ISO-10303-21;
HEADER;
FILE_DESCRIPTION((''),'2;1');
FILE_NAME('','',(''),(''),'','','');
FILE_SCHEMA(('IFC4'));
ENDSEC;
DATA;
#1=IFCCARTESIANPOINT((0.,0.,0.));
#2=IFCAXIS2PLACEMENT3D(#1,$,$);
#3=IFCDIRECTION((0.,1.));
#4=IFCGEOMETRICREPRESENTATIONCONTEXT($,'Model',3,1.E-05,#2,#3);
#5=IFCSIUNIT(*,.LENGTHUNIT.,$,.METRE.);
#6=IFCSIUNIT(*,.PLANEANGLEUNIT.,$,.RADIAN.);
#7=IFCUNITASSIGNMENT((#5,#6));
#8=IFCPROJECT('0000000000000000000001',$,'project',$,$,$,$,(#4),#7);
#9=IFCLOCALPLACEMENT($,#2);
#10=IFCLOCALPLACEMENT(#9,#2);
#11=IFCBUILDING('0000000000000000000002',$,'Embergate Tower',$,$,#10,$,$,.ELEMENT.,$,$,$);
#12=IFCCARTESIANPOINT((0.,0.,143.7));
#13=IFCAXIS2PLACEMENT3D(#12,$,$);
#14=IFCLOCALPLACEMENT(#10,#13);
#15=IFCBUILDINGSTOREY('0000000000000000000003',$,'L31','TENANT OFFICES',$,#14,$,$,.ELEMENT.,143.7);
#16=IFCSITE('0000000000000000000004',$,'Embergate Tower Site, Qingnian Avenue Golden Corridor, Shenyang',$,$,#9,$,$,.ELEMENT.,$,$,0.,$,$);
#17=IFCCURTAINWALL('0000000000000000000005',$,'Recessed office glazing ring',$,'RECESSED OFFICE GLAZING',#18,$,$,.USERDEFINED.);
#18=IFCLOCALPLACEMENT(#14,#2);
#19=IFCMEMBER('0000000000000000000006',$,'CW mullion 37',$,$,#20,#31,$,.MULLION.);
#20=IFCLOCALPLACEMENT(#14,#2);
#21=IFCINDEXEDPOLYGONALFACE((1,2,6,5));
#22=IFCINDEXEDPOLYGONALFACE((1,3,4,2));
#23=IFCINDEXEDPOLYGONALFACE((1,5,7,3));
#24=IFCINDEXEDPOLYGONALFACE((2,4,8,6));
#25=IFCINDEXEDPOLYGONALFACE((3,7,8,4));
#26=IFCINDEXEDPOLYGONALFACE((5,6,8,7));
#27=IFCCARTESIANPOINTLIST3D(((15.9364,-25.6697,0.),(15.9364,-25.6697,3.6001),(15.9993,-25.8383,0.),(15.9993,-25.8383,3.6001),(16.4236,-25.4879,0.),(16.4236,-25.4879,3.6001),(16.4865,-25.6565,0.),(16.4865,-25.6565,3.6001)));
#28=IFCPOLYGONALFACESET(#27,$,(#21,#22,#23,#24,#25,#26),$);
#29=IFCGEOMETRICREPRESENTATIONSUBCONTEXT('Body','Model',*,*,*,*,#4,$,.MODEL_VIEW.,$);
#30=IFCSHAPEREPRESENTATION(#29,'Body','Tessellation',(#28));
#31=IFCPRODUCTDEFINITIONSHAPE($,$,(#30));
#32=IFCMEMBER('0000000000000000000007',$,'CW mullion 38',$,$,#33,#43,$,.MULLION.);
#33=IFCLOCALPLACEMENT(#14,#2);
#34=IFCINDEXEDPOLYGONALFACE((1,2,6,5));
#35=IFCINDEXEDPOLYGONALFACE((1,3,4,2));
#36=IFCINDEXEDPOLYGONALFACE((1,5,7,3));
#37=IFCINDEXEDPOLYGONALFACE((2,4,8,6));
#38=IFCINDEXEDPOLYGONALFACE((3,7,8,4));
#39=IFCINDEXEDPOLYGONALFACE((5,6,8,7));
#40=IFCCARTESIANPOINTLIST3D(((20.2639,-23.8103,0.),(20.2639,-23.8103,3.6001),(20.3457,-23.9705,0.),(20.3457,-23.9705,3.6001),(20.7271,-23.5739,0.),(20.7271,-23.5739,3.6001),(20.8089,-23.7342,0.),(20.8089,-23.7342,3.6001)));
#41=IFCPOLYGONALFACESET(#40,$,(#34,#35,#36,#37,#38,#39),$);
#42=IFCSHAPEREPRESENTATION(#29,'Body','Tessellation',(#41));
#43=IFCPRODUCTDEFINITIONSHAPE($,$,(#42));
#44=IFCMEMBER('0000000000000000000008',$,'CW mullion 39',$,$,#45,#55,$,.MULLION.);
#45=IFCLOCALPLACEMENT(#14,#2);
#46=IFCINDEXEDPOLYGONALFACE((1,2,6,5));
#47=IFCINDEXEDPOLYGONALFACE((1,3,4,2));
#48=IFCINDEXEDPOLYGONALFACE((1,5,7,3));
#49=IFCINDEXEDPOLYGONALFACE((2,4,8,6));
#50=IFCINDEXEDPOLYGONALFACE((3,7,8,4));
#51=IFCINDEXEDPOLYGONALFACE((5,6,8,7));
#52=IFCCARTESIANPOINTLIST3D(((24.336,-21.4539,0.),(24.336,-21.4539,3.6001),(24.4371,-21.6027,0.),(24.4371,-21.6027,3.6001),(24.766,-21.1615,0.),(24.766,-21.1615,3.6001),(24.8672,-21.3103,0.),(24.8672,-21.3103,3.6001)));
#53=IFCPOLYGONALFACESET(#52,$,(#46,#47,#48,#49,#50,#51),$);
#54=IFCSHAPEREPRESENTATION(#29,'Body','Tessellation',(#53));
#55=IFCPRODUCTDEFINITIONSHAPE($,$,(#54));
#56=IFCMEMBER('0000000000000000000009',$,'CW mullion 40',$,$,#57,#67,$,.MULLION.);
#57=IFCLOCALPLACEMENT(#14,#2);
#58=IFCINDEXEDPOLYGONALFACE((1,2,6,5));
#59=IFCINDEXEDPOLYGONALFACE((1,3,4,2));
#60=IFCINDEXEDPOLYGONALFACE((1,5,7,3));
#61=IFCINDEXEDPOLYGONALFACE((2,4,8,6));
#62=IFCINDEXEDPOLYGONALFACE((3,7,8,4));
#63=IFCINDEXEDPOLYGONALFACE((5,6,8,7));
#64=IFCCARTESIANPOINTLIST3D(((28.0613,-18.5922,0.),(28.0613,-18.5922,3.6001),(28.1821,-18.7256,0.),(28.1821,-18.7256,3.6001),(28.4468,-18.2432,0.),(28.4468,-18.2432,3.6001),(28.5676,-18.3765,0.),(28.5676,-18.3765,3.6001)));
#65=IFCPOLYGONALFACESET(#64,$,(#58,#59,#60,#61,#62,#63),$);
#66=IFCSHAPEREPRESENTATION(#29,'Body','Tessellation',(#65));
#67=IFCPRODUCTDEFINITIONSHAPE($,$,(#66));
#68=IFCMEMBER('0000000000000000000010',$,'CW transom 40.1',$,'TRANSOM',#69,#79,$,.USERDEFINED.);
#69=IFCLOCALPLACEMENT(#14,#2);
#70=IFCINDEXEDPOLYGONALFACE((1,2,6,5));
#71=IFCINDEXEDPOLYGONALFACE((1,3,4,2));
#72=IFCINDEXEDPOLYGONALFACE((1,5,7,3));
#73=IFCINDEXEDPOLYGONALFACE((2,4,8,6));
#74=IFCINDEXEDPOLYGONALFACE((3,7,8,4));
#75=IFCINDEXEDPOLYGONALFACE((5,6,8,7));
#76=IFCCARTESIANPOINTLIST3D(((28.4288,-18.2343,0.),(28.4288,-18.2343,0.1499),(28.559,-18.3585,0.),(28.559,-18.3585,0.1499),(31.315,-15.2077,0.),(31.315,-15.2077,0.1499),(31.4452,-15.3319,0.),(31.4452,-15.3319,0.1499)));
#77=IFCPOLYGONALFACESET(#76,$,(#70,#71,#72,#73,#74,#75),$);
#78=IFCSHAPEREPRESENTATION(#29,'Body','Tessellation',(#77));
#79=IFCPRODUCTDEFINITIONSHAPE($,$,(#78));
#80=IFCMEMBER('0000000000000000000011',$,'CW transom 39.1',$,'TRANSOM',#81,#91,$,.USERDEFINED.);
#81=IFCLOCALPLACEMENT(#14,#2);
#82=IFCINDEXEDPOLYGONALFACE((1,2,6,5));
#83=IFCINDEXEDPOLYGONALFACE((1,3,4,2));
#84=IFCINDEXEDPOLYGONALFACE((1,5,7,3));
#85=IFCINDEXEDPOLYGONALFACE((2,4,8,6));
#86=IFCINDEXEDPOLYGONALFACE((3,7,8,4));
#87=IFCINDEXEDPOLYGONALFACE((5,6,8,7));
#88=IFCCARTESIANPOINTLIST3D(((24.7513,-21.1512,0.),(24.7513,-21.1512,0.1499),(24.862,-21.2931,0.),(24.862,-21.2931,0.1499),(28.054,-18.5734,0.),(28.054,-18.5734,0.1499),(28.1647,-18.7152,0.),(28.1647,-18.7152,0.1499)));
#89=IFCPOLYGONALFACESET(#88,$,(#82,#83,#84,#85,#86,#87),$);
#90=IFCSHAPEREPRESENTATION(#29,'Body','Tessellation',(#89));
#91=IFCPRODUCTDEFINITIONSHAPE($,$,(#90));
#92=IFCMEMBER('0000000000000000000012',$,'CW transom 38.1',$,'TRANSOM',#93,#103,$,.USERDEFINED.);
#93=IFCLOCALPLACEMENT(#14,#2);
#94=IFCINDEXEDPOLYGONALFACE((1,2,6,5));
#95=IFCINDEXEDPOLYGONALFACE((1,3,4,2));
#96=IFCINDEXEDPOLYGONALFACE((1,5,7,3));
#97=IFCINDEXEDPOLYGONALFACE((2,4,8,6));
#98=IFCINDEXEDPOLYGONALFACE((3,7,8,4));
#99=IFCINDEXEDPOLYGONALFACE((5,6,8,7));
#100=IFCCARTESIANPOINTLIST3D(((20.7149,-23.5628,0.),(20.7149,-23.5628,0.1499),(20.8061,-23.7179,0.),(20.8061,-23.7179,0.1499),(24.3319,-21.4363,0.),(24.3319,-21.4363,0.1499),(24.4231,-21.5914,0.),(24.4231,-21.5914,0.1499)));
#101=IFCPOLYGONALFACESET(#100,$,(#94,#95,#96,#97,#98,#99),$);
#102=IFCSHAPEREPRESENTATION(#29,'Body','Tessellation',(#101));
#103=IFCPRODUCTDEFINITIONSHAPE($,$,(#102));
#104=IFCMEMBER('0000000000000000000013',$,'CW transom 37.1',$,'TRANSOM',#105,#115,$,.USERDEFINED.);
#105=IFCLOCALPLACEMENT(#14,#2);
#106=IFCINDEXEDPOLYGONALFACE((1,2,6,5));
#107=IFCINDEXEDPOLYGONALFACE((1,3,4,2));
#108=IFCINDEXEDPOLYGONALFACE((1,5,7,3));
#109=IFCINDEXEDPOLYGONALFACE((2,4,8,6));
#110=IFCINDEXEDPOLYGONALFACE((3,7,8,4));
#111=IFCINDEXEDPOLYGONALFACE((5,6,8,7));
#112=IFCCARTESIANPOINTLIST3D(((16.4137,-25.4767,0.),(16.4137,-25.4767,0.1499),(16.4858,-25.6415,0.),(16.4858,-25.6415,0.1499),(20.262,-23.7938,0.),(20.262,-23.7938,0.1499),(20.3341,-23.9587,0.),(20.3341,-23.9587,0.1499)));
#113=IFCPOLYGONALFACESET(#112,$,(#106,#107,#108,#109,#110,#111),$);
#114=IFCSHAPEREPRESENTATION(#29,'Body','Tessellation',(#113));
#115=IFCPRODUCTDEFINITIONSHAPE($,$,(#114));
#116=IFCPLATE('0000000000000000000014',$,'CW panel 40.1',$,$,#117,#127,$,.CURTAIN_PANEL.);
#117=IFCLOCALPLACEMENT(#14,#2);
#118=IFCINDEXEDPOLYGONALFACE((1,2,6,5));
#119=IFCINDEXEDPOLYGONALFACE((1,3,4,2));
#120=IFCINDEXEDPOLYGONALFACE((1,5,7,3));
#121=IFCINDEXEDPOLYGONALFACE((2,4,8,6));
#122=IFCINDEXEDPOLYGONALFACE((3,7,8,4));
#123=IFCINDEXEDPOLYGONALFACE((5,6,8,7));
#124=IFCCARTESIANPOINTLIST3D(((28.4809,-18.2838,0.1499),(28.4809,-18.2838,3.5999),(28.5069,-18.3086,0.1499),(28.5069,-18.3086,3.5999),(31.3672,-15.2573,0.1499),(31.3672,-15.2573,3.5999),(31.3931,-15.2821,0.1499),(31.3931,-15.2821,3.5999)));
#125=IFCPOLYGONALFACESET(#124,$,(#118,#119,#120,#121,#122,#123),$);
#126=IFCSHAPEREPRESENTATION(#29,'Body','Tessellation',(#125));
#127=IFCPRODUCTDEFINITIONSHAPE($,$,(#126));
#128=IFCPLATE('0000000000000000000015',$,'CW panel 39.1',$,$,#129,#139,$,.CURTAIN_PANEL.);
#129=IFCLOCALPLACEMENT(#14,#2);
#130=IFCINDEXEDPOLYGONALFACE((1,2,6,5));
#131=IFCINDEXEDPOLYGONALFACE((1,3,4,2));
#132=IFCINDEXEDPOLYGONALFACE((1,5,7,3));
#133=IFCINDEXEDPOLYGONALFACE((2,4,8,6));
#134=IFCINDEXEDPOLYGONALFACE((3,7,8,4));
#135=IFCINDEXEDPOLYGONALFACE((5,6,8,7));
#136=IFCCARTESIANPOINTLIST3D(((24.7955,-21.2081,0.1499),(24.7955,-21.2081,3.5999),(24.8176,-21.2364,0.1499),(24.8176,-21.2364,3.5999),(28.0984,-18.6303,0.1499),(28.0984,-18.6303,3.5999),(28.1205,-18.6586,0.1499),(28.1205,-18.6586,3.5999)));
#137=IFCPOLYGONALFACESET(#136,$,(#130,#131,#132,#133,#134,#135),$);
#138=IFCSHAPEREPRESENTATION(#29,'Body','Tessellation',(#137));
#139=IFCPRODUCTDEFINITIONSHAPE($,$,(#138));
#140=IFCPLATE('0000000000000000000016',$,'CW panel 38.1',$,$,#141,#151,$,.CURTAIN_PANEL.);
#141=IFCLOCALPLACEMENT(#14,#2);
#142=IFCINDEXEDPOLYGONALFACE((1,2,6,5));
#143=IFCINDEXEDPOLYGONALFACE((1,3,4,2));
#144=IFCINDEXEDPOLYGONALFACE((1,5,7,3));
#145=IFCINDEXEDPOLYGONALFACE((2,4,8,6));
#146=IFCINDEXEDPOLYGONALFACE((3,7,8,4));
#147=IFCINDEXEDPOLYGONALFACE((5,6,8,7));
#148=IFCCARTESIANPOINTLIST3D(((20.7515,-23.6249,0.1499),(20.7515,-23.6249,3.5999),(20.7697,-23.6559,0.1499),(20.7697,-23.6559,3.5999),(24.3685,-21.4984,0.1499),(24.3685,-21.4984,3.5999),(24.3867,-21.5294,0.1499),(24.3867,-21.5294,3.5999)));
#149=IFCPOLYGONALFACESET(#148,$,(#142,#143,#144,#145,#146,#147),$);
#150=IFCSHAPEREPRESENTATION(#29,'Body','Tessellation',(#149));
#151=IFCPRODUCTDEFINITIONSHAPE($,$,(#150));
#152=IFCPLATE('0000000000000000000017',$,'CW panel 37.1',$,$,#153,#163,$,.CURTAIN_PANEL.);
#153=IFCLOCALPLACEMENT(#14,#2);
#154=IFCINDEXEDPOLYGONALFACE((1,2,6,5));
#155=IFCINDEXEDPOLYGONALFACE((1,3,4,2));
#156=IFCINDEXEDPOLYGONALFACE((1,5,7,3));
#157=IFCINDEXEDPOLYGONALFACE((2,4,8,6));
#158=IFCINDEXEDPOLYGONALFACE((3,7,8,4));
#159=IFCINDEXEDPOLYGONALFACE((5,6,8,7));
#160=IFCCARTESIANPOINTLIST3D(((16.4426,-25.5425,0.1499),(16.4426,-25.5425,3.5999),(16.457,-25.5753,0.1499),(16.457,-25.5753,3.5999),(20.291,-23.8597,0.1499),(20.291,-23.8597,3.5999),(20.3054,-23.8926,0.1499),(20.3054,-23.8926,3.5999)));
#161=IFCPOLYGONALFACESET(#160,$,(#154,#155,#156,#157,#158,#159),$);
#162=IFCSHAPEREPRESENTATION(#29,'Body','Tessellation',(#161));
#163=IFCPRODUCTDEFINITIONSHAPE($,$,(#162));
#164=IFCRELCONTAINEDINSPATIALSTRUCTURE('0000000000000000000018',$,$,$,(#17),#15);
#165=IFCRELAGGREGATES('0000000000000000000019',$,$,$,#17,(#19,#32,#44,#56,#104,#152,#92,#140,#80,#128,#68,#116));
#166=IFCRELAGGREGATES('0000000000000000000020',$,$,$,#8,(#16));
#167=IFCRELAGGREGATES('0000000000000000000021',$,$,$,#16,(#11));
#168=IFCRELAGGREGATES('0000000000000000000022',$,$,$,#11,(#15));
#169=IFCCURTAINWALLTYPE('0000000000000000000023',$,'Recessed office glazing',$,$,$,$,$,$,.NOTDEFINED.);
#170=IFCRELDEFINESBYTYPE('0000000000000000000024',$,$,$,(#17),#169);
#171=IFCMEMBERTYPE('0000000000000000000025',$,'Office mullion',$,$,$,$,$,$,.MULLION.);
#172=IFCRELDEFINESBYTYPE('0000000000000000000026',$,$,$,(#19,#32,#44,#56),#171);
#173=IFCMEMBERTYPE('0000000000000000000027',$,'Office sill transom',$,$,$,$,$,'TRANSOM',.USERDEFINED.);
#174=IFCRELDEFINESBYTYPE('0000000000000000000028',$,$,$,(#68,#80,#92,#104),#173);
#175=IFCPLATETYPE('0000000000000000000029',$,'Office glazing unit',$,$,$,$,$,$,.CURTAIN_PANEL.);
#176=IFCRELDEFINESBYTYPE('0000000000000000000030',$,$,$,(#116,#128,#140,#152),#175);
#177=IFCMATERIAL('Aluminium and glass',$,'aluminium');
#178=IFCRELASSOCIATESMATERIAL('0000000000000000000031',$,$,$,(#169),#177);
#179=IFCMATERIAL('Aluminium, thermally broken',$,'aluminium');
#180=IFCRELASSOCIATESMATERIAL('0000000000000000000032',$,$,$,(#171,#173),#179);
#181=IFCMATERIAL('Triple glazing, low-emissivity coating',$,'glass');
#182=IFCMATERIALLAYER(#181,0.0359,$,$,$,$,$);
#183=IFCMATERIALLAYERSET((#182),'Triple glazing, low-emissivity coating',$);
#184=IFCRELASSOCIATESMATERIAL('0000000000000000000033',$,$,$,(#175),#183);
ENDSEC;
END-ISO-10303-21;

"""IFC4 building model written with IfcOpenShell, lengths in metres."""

from ifc_helpers import new_model, si_unit, direction, frame, origin, origin_2d, place, context, subcontext, project, spatial, rectangle, extrude, source, transform, mapped, material, layer, layer_set, material_profile, profile_set, type_object, element, aggregate, save


model = new_model("IFC4")

# Units and contexts
model_context = context("Model", 3, precision=1e-05, world=origin(), true_north=direction((0.0, 1.0)))
body_context = subcontext(model_context, "Body", "Model", "MODEL_VIEW")
ifc_project = project(units=[si_unit("LENGTHUNIT", "METRE"), si_unit("PLANEANGLEUNIT", "RADIAN")], contexts=[model_context])

# Site, building, storey
site_placement = place(None, origin())
site = spatial("IfcSite", under=ifc_project, at=site_placement, Name="Embergate Tower Site, Qingnian Avenue Golden Corridor, Shenyang", CompositionType="ELEMENT", RefElevation=0.0)
building_placement = place(site_placement, origin())
building = spatial("IfcBuilding", under=site, at=building_placement, Name="Embergate Tower", CompositionType="ELEMENT")
storey_placement = place(building_placement, frame((0.0, 0.0, 143.7)))
storey = spatial("IfcBuildingStorey", under=building, at=storey_placement, Name="L31", Description="TENANT OFFICES", CompositionType="ELEMENT", Elevation=143.7)

# Curtain wall, members, plates
ifc_material_1 = material(Name="Aluminium and glass", Category="aluminium")
curtain_wall_type = type_object("IfcCurtainWallType", Name="Recessed office glazing", PredefinedType="NOTDEFINED", material=ifc_material_1)
curtain_wall_placement = place(storey_placement, origin())
curtain_wall = element("IfcCurtainWall", 1, at=curtain_wall_placement, inside=storey, type_object=curtain_wall_type, Name="Recessed office glazing ring", ObjectType="RECESSED OFFICE GLAZING", PredefinedType="USERDEFINED")
ifc_material_2 = material(Name="Aluminium, thermally broken", Category="aluminium")
ifc_material_profile_1 = material_profile(ifc_material_2, rectangle(XDim=0.1799, YDim=0.52, at=origin_2d()), Name="AL 520x180")
ifc_profile_set_1 = profile_set([ifc_material_profile_1], Name="Aluminium, thermally broken")
member_type_1 = type_object("IfcMemberType", Name="Office mullion", PredefinedType="MULLION", material=ifc_profile_set_1)
shared_shape_1 = source(origin(), body_context, "Body", "SweptSolid", [
    extrude(rectangle(XDim=0.1799, YDim=0.52, at=origin_2d()), origin(), (0.0, 0.0, 1.0), 3.6001),
])
member_1_placement = place(storey_placement, frame((16.2114, -25.6631, 0.0), z_axis=(0.0, 0.0, 1.0), x_axis=(-0.349496, 0.936938, 0.0)))
member_1 = element("IfcMember", 2, at=member_1_placement, type_object=member_type_1, Name="CW mullion 37", PredefinedType="MULLION", context=body_context, shape_type="MappedRepresentation", body=[
    mapped(shared_shape_1, transform((0.0, 0.0, 0.0))),
])
member_2_placement = place(storey_placement, frame((20.5364, -23.7722, 0.0), z_axis=(0.0, 0.0, 1.0), x_axis=(-0.454504, 0.890745, 0.0)))
member_2 = element("IfcMember", 3, at=member_2_placement, type_object=member_type_1, Name="CW mullion 38", PredefinedType="MULLION", context=body_context, shape_type="MappedRepresentation", body=[
    mapped(shared_shape_1, transform((0.0, 0.0, 0.0))),
])
member_3_placement = place(storey_placement, frame((24.6016, -21.3821, 0.0), z_axis=(0.0, 0.0, 1.0), x_axis=(-0.562209, 0.826995, 0.0)))
member_3 = element("IfcMember", 4, at=member_3_placement, type_object=member_type_1, Name="CW mullion 39", PredefinedType="MULLION", context=body_context, shape_type="MappedRepresentation", body=[
    mapped(shared_shape_1, transform((0.0, 0.0, 0.0))),
])
member_4_placement = place(storey_placement, frame((28.3145, -18.4844, 0.0), z_axis=(0.0, 0.0, 1.0), x_axis=(-0.67122, 0.741258, 0.0)))
member_4 = element("IfcMember", 5, at=member_4_placement, type_object=member_type_1, Name="CW mullion 40", PredefinedType="MULLION", context=body_context, shape_type="MappedRepresentation", body=[
    mapped(shared_shape_1, transform((0.0, 0.0, 0.0))),
])
ifc_material_profile_2 = material_profile(ifc_material_2, rectangle(XDim=0.1799, YDim=0.1499, at=origin_2d()), Name="AL 150x180")
ifc_profile_set_2 = profile_set([ifc_material_profile_2], Name="Aluminium, thermally broken")
member_type_2 = type_object("IfcMemberType", Name="Office sill transom", ElementType="TRANSOM", PredefinedType="USERDEFINED", material=ifc_profile_set_2)
shared_shape_2 = source(origin(), body_context, "Body", "SweptSolid", [
    extrude(rectangle(XDim=0.1799, YDim=0.1499, at=origin_2d()), origin(), (0.0, 0.0, 1.0), 4.1821),
])
member_5_placement = place(storey_placement, frame((28.4939, -18.2964, 0.075), z_axis=(0.690124, 0.723691, 0.0), x_axis=(-0.723691, 0.690124, 0.0)))
member_5 = element("IfcMember", 6, at=member_5_placement, type_object=member_type_2, Name="CW transom 40.1", ObjectType="TRANSOM", PredefinedType="USERDEFINED", context=body_context, shape_type="MappedRepresentation", body=[
    mapped(shared_shape_2, transform((0.0, 0.0, 0.0))),
])
shared_shape_3 = source(origin(), body_context, "Body", "SweptSolid", [
    extrude(rectangle(XDim=0.1799, YDim=0.1499, at=origin_2d()), origin(), (0.0, 0.0, 1.0), 4.1897),
])
member_6_placement = place(storey_placement, frame((24.8066, -21.2222, 0.075), z_axis=(0.7883, 0.615291, 0.0), x_axis=(-0.615291, 0.7883, 0.0)))
member_6 = element("IfcMember", 7, at=member_6_placement, type_object=member_type_2, Name="CW transom 39.1", ObjectType="TRANSOM", PredefinedType="USERDEFINED", context=body_context, shape_type="MappedRepresentation", body=[
    mapped(shared_shape_3, transform((0.0, 0.0, 0.0))),
])
shared_shape_4 = source(origin(), body_context, "Body", "SweptSolid", [
    extrude(rectangle(XDim=0.1799, YDim=0.1499, at=origin_2d()), origin(), (0.0, 0.0, 1.0), 4.1958),
])
member_7_placement = place(storey_placement, frame((20.7605, -23.6404, 0.075), z_axis=(0.862054, 0.506817, 0.0), x_axis=(-0.506817, 0.862054, 0.0)))
member_7 = element("IfcMember", 8, at=member_7_placement, type_object=member_type_2, Name="CW transom 38.1", ObjectType="TRANSOM", PredefinedType="USERDEFINED", context=body_context, shape_type="MappedRepresentation", body=[
    mapped(shared_shape_4, transform((0.0, 0.0, 0.0))),
])
shared_shape_5 = source(origin(), body_context, "Body", "SweptSolid", [
    extrude(rectangle(XDim=0.1799, YDim=0.1499, at=origin_2d()), origin(), (0.0, 0.0, 1.0), 4.2002),
])
member_8_placement = place(storey_placement, frame((16.4497, -25.5591, 0.075), z_axis=(0.916228, 0.400657, 0.0), x_axis=(-0.400657, 0.916228, 0.0)))
member_8 = element("IfcMember", 9, at=member_8_placement, type_object=member_type_2, Name="CW transom 37.1", ObjectType="TRANSOM", PredefinedType="USERDEFINED", context=body_context, shape_type="MappedRepresentation", body=[
    mapped(shared_shape_5, transform((0.0, 0.0, 0.0))),
])
ifc_material_3 = material(Name="Triple glazing, low-emissivity coating", Category="glass")
ifc_layer = layer(ifc_material_3, 0.0359)
ifc_layer_set = layer_set([ifc_layer], Name="Triple glazing, low-emissivity coating")
plate_type = type_object("IfcPlateType", Name="Office glazing unit", PredefinedType="CURTAIN_PANEL", material=ifc_layer_set)
shared_shape_6 = source(origin(), body_context, "Body", "SweptSolid", [
    extrude(rectangle(XDim=4.1821, YDim=0.0359, at=origin_2d()), origin(), (0.0, 0.0, 1.0), 3.45),
])
plate_1_placement = place(storey_placement, frame((29.937, -16.783, 0.1499), z_axis=(0.0, 0.0, 1.0), x_axis=(0.690143, 0.723673, 0.0)))
plate_1 = element("IfcPlate", 10, at=plate_1_placement, type_object=plate_type, Name="CW panel 40.1", PredefinedType="CURTAIN_PANEL", context=body_context, shape_type="MappedRepresentation", body=[
    mapped(shared_shape_6, transform((0.0, 0.0, 0.0))),
])
shared_shape_7 = source(origin(), body_context, "Body", "SweptSolid", [
    extrude(rectangle(XDim=4.1897, YDim=0.0359, at=origin_2d()), origin(), (0.0, 0.0, 1.0), 3.45),
])
plate_2_placement = place(storey_placement, frame((26.458, -19.9333, 0.1499), z_axis=(0.0, 0.0, 1.0), x_axis=(0.788327, 0.615257, 0.0)))
plate_2 = element("IfcPlate", 11, at=plate_2_placement, type_object=plate_type, Name="CW panel 39.1", PredefinedType="CURTAIN_PANEL", context=body_context, shape_type="MappedRepresentation", body=[
    mapped(shared_shape_7, transform((0.0, 0.0, 0.0))),
])
shared_shape_8 = source(origin(), body_context, "Body", "SweptSolid", [
    extrude(rectangle(XDim=4.1958, YDim=0.0359, at=origin_2d()), origin(), (0.0, 0.0, 1.0), 3.45),
])
plate_3_placement = place(storey_placement, frame((22.5691, -22.5771, 0.1499), z_axis=(0.0, 0.0, 1.0), x_axis=(0.862058, 0.50681, 0.0)))
plate_3 = element("IfcPlate", 12, at=plate_3_placement, type_object=plate_type, Name="CW panel 38.1", PredefinedType="CURTAIN_PANEL", context=body_context, shape_type="MappedRepresentation", body=[
    mapped(shared_shape_8, transform((0.0, 0.0, 0.0))),
])
shared_shape_9 = source(origin(), body_context, "Body", "SweptSolid", [
    extrude(rectangle(XDim=4.2002, YDim=0.0359, at=origin_2d()), origin(), (0.0, 0.0, 1.0), 3.45),
])
plate_4_placement = place(storey_placement, frame((18.374, -24.7175, 0.1499), z_axis=(0.0, 0.0, 1.0), x_axis=(0.916239, 0.400632, 0.0)))
plate_4 = element("IfcPlate", 13, at=plate_4_placement, type_object=plate_type, Name="CW panel 37.1", PredefinedType="CURTAIN_PANEL", context=body_context, shape_type="MappedRepresentation", body=[
    mapped(shared_shape_9, transform((0.0, 0.0, 0.0))),
])
aggregate(curtain_wall, [member_1, member_2, member_3, member_4, member_8, plate_4, member_7, plate_3, member_6, plate_2, member_5, plate_1])

save(model, "model.ifc")
